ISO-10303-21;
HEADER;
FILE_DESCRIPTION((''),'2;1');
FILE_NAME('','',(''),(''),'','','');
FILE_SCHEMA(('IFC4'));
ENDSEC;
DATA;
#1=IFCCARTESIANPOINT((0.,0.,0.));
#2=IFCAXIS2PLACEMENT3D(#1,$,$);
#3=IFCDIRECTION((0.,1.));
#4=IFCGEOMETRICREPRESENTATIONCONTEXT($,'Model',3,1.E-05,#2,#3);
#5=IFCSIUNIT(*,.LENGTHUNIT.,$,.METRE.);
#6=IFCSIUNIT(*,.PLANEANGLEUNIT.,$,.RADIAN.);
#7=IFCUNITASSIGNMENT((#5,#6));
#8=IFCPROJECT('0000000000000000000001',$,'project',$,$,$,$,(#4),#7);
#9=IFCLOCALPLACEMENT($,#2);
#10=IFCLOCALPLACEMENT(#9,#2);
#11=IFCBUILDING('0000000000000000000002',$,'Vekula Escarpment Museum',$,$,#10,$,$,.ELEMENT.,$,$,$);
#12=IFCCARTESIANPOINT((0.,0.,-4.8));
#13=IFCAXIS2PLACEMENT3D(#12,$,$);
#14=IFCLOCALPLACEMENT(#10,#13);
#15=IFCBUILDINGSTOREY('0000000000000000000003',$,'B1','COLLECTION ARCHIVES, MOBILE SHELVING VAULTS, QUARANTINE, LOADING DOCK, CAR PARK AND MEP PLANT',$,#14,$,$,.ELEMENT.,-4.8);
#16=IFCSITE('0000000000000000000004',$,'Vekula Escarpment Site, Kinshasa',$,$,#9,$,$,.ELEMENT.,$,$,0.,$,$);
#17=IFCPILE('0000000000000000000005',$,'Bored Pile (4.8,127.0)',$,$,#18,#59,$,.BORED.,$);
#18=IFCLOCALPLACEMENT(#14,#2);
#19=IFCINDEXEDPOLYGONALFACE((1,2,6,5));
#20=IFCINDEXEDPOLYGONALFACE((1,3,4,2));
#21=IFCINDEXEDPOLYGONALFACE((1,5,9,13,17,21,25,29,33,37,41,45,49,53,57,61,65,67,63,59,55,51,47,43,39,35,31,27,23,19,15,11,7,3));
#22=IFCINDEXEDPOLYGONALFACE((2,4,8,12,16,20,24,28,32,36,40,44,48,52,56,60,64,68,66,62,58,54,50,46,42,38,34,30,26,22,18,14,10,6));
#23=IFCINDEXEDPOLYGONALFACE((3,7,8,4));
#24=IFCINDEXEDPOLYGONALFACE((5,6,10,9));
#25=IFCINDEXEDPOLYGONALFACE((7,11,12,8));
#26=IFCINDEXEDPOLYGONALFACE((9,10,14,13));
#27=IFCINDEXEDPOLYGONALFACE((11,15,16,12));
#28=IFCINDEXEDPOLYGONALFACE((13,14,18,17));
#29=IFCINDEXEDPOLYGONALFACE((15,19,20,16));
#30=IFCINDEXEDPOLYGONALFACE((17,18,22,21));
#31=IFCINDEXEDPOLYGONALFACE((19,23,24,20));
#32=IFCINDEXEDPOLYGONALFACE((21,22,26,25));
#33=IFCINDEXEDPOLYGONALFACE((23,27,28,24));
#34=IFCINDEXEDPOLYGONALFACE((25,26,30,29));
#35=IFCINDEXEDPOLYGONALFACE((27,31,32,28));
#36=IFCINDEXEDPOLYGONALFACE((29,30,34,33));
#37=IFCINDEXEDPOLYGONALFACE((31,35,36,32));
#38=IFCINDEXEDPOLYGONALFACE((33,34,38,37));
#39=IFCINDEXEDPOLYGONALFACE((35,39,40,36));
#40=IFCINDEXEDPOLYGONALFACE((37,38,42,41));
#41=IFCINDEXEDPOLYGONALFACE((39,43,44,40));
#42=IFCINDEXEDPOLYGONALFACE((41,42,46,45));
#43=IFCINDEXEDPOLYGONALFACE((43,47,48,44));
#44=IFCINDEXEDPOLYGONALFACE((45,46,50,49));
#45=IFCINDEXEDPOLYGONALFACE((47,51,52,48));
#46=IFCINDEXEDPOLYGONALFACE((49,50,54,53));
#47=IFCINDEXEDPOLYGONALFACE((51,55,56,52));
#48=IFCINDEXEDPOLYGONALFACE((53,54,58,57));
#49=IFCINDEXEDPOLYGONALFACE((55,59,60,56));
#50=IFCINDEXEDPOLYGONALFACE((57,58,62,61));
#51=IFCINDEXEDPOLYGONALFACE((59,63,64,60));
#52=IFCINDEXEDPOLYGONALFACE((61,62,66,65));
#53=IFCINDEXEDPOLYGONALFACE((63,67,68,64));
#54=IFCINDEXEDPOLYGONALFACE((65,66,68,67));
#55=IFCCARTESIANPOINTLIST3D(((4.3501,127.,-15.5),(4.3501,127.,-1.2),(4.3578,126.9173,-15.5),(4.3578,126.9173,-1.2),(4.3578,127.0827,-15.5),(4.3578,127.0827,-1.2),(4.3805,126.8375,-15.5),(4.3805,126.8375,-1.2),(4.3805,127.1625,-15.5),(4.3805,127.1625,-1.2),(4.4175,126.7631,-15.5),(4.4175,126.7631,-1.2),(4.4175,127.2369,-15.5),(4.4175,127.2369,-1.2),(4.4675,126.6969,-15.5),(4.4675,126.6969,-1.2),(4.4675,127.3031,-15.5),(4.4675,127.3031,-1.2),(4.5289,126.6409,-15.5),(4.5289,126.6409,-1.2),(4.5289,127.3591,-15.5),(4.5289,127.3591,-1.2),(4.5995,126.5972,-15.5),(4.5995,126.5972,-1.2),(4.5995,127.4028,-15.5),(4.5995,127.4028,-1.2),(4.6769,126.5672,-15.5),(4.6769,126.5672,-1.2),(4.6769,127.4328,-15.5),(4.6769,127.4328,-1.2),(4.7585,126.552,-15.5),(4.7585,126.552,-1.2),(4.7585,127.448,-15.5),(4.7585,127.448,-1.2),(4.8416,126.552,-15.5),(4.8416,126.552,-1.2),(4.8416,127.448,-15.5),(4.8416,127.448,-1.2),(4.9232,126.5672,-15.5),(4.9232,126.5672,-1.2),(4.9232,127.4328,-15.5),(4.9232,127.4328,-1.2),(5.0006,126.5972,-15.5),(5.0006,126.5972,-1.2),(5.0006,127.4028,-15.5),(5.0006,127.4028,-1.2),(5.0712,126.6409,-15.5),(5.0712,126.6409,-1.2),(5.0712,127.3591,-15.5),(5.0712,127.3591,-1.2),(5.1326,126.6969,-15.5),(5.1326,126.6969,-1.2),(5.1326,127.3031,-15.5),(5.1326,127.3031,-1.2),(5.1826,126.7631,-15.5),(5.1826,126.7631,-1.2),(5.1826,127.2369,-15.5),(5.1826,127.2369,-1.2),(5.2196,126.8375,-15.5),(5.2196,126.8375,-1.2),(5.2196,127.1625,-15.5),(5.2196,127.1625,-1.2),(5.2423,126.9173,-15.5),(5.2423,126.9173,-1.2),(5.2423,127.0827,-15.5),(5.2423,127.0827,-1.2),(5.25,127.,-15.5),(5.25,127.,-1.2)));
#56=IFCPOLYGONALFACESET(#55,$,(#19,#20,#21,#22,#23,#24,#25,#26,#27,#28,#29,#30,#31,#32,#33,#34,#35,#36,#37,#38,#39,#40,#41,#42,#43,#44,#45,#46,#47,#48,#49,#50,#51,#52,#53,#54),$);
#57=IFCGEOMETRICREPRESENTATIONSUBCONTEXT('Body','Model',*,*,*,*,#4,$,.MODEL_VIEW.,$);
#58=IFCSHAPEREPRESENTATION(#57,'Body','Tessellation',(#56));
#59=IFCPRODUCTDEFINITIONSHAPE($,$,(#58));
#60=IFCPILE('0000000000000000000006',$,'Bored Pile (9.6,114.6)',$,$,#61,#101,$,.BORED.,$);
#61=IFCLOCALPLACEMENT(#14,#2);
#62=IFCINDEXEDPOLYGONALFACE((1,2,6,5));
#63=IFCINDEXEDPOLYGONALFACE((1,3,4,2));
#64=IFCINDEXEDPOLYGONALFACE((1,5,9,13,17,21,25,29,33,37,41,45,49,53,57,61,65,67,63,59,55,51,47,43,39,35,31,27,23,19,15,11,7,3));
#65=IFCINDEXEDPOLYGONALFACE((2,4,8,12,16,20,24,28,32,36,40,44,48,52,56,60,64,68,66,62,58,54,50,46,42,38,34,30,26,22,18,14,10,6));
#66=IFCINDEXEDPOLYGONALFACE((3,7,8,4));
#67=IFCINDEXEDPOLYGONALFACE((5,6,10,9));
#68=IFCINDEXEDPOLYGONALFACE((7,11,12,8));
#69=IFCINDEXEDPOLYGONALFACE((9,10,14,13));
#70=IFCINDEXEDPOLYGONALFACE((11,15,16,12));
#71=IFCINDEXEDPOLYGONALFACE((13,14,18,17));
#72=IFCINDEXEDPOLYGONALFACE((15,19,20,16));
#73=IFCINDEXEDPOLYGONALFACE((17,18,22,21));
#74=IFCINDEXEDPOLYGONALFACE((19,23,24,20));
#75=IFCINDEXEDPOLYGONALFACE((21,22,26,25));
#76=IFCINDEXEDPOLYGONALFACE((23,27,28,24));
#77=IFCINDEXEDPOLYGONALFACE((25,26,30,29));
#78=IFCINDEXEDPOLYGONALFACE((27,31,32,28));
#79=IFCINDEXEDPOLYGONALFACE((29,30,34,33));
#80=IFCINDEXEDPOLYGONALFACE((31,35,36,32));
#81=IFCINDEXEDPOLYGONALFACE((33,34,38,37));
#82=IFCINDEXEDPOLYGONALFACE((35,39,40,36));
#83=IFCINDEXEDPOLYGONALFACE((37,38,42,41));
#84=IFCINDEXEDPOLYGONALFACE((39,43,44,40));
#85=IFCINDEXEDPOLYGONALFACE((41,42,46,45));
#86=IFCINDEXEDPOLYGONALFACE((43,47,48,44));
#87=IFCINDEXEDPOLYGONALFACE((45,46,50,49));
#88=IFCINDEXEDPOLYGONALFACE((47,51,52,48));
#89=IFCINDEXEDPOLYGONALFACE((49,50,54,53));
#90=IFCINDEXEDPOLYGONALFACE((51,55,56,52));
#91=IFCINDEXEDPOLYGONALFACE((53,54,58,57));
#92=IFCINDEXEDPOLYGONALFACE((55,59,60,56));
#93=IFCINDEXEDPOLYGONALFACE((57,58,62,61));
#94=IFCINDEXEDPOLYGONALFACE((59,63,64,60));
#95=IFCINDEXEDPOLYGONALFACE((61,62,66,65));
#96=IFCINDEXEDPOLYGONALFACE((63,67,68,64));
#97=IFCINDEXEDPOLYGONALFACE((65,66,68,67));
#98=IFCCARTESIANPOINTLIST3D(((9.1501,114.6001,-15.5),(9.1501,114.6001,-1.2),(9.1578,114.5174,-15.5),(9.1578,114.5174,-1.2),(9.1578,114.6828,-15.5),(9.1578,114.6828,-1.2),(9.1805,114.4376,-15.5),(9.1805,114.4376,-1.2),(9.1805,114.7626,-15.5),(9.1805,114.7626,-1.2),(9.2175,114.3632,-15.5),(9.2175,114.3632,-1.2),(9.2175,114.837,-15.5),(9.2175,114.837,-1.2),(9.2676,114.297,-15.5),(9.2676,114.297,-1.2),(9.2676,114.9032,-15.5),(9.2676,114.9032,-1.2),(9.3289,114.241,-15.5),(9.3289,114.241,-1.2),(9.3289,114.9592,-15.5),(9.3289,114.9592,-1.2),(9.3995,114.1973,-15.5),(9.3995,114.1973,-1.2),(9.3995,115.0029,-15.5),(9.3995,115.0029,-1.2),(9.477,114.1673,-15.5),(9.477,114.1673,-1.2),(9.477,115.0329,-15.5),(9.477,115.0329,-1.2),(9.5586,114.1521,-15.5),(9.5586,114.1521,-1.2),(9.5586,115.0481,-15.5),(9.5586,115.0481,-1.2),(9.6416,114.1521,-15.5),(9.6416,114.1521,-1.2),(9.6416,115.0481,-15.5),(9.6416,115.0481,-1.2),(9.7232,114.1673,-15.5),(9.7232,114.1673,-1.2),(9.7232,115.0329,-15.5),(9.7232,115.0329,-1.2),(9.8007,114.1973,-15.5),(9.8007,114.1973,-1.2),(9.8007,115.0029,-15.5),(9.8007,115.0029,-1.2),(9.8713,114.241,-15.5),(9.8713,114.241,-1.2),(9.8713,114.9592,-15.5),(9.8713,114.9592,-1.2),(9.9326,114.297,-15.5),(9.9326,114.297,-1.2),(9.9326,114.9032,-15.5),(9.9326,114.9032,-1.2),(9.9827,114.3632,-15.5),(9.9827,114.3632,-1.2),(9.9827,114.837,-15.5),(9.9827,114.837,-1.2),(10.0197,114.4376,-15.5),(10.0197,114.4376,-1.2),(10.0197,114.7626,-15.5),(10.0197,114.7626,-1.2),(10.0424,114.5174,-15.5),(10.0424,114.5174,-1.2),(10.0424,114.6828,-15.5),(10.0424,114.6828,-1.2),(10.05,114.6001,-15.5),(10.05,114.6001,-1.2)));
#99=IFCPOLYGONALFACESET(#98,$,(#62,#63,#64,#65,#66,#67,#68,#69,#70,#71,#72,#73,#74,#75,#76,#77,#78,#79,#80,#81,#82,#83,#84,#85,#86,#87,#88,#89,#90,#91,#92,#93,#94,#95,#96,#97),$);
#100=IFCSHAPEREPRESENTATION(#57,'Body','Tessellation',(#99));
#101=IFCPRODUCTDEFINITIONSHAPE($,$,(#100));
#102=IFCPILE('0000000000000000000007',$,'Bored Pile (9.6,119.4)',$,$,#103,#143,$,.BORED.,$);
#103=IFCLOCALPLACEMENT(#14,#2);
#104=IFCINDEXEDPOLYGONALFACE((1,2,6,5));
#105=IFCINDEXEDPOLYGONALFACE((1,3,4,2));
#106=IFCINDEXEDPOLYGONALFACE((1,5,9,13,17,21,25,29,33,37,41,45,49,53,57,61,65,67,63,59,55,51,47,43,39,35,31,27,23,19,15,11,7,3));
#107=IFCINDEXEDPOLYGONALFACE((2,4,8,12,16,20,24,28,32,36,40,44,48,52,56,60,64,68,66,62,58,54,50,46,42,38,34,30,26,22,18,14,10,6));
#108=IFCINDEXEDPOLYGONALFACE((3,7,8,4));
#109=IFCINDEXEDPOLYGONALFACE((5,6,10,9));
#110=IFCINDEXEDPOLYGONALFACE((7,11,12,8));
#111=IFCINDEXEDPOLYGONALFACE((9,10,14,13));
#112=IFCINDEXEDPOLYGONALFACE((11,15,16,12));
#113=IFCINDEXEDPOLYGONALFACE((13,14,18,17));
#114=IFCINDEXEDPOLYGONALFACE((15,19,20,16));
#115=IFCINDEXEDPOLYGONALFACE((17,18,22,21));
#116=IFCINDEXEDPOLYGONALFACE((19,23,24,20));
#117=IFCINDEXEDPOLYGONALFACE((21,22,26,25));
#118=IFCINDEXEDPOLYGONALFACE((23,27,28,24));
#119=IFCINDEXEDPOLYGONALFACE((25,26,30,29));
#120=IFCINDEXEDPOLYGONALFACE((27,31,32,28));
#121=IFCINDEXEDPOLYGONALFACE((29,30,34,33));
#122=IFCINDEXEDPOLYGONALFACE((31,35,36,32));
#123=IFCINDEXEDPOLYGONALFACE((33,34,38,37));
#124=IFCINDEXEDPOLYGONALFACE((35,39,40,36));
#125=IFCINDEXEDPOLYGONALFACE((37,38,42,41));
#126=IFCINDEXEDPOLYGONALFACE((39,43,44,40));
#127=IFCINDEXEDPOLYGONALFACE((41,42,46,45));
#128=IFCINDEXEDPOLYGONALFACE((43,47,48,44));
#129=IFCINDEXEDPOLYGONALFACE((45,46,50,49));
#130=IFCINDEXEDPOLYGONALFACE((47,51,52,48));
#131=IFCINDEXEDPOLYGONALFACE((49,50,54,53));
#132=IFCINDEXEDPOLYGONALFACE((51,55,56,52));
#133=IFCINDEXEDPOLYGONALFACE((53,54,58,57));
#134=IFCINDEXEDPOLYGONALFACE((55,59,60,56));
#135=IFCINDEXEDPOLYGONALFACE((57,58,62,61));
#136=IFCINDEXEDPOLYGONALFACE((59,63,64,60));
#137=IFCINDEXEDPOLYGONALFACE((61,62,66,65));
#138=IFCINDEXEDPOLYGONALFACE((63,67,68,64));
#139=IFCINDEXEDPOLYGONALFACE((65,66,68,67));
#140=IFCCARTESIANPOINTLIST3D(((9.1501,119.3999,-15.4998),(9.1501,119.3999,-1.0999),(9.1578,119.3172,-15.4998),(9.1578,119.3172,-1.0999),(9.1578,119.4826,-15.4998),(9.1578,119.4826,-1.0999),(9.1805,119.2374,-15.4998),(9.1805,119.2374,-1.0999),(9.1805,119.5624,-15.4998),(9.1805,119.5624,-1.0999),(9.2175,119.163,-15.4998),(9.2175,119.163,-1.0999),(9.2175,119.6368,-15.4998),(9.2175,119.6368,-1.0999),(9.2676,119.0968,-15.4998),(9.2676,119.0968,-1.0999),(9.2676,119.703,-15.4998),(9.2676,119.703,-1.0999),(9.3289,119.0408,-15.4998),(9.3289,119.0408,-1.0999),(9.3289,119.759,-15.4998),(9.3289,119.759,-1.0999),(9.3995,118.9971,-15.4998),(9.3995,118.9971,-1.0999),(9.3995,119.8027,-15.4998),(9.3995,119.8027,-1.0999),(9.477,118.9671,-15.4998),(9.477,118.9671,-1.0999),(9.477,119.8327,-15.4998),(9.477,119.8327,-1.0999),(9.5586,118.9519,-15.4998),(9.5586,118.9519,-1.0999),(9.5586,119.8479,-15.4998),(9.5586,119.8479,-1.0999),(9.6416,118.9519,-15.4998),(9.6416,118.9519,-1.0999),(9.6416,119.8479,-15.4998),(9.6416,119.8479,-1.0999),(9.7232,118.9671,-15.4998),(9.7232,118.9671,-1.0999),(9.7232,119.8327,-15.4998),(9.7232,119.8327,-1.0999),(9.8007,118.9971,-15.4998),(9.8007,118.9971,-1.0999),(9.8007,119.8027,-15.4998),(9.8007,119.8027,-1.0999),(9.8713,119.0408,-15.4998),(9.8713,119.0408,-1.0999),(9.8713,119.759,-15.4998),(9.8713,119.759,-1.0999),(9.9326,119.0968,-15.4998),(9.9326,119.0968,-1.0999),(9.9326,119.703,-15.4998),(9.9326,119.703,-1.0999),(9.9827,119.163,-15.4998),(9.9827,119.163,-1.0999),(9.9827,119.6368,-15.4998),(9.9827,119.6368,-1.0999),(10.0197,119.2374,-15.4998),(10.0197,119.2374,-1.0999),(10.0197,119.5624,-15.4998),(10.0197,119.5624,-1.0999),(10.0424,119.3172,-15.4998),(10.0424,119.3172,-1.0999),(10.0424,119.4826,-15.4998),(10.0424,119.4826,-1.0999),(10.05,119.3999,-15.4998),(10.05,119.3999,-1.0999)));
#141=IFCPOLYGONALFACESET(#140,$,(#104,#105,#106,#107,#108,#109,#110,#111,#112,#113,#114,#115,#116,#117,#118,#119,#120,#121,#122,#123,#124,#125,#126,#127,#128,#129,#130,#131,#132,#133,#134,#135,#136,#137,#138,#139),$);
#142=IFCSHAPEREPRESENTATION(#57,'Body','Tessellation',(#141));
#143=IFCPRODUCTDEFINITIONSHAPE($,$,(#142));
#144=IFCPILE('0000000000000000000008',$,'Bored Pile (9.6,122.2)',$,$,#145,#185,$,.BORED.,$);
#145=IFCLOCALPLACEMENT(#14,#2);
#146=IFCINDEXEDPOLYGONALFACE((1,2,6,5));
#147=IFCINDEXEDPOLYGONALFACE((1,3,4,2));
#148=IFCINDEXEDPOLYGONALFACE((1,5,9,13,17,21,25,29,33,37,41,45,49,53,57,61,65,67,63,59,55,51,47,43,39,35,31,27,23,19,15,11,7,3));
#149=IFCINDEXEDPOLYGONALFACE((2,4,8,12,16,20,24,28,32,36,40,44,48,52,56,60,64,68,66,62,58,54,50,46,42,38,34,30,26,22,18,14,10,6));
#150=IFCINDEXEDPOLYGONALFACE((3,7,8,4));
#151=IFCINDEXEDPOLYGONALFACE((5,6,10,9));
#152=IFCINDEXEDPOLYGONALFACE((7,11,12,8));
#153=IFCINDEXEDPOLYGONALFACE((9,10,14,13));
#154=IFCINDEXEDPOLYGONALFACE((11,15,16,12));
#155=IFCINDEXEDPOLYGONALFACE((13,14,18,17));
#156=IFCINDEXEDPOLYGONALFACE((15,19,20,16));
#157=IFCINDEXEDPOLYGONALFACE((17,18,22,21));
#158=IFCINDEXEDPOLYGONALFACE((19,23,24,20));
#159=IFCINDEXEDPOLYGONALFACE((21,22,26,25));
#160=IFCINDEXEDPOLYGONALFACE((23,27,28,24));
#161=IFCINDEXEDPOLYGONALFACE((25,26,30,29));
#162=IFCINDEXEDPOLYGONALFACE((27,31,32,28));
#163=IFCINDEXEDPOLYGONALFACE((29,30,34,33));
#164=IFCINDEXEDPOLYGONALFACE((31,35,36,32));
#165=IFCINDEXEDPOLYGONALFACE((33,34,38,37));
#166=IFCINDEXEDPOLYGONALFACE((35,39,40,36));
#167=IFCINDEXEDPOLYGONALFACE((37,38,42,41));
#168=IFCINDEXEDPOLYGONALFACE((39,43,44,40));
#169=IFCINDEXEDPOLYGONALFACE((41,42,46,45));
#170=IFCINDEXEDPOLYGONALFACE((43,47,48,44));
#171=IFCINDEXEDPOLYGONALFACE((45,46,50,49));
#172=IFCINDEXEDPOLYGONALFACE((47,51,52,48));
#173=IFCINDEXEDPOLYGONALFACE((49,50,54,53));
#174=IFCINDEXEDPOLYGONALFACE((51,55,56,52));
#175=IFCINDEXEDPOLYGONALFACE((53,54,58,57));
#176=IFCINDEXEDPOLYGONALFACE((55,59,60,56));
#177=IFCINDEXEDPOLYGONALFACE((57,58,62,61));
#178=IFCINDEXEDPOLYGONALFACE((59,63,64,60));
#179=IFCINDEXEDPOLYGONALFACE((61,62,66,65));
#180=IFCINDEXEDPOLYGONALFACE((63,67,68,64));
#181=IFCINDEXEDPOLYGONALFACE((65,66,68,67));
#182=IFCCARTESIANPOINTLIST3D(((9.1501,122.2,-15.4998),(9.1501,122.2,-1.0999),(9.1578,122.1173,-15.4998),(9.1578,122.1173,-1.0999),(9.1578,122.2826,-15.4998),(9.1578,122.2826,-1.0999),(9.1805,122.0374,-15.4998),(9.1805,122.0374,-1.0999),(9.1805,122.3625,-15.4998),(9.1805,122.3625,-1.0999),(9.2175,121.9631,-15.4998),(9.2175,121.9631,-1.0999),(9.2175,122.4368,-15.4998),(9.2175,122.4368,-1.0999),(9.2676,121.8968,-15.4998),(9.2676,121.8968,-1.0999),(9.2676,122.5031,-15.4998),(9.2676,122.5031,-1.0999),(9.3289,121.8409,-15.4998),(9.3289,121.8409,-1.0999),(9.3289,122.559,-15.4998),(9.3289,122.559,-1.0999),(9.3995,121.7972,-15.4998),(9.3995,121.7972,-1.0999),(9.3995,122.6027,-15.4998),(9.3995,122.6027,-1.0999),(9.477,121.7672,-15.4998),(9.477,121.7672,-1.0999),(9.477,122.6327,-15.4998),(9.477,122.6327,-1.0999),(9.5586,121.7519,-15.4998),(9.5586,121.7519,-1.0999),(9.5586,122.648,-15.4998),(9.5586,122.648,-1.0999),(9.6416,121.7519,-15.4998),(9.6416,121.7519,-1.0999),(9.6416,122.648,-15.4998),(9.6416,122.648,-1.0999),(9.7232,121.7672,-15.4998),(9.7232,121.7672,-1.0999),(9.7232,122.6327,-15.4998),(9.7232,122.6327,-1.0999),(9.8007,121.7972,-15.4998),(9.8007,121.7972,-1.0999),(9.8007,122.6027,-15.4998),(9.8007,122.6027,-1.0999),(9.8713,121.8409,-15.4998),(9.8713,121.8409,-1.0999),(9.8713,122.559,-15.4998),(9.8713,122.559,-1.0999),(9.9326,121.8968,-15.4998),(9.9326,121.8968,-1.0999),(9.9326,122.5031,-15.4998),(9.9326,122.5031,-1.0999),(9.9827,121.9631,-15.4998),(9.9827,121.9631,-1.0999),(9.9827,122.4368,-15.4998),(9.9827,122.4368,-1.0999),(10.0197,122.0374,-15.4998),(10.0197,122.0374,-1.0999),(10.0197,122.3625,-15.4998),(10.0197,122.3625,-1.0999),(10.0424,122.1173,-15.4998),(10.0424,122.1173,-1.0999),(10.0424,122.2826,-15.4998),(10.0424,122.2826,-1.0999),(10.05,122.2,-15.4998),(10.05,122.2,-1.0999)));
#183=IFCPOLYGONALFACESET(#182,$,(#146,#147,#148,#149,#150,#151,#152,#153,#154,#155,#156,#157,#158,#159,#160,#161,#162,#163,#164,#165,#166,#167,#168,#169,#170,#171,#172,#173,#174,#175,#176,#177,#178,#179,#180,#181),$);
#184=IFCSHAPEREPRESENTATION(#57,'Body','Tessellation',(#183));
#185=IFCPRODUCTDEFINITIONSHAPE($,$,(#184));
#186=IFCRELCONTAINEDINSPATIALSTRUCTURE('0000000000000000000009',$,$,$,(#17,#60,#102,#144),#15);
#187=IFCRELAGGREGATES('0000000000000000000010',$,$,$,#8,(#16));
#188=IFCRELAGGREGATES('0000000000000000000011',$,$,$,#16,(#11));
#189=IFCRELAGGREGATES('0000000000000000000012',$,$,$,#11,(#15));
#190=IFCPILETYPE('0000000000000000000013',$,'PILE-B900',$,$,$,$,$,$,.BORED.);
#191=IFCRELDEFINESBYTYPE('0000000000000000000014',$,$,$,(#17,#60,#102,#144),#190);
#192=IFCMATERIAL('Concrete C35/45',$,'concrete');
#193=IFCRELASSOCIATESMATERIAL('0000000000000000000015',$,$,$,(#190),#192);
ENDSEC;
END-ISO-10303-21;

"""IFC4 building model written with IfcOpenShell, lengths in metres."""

from ifc_helpers import new_model, si_unit, direction, frame, origin, origin_2d, place, context, subcontext, project, spatial, circle, extrude, material, material_profile, profile_set, type_object, element, save


model = new_model("IFC4")

# Units and contexts
model_context = context("Model", 3, precision=1e-05, world=origin(), true_north=direction((0.0, 1.0)))
body_context = subcontext(model_context, "Body", "Model", "MODEL_VIEW")
ifc_project = project(units=[si_unit("LENGTHUNIT", "METRE"), si_unit("PLANEANGLEUNIT", "RADIAN")], contexts=[model_context])

# Site, building, storey
site_placement = place(None, origin())
site = spatial("IfcSite", under=ifc_project, at=site_placement, Name="Vekula Escarpment Site, Kinshasa", CompositionType="ELEMENT", RefElevation=0.0)
building_placement = place(site_placement, origin())
building = spatial("IfcBuilding", under=site, at=building_placement, Name="Vekula Escarpment Museum", CompositionType="ELEMENT")
storey_placement = place(building_placement, frame((0.0, 0.0, -4.8)))
storey = spatial("IfcBuildingStorey", under=building, at=storey_placement, Name="B1", Description="COLLECTION ARCHIVES, MOBILE SHELVING VAULTS, QUARANTINE, LOADING DOCK, CAR PARK AND MEP PLANT", CompositionType="ELEMENT", Elevation=-4.8)

# Piles
ifc_material_1 = material(Name="Concrete C35/45", Category="concrete")
ifc_material_profile_1 = material_profile(ifc_material_1, circle(Radius=0.45, at=origin_2d()), Name="BORED PILE 900")
ifc_profile_set_1 = profile_set([ifc_material_profile_1], Name="Concrete C35/45")
pile_type = type_object("IfcPileType", Name="PILE-B900", PredefinedType="BORED", material=ifc_profile_set_1)
for number, where, z_axis, x_axis, name in (
    (1, (4.8, 127.0, -1.2), (0.0, 0.0, -1.0), (1.0, 0.0, 0.0), "Bored Pile (4.8,127.0)"),
    (2, (9.6001, 114.6001, -1.2), (0.0, 0.0, -1.0), (1.0, 0.0, 0.0), "Bored Pile (9.6,114.6)"),
):
    element("IfcPile", number, at=place(storey_placement, frame(where, z_axis=z_axis, x_axis=x_axis)), inside=storey, type_object=pile_type, Name=name, PredefinedType="BORED", context=body_context, shape_type="SweptSolid", body=[
        extrude(circle(Radius=0.45, at=origin_2d()), origin(), (0.0, 0.0, 1.0), 14.3),
    ])
for number, where, z_axis, x_axis, name in (
    (3, (9.6001, 119.3999, -1.0999), (0.0, 0.0, -1.0), (1.0, 0.0, 0.0), "Bored Pile (9.6,119.4)"),
    (4, (9.6001, 122.2, -1.0999), (0.0, 0.0, -1.0), (1.0, 0.0, 0.0), "Bored Pile (9.6,122.2)"),
):
    element("IfcPile", number, at=place(storey_placement, frame(where, z_axis=z_axis, x_axis=x_axis)), inside=storey, type_object=pile_type, Name=name, PredefinedType="BORED", context=body_context, shape_type="SweptSolid", body=[
        extrude(circle(Radius=0.45, at=origin_2d()), origin(), (0.0, 0.0, 1.0), 14.3999),
    ])

save(model, "model.ifc")
